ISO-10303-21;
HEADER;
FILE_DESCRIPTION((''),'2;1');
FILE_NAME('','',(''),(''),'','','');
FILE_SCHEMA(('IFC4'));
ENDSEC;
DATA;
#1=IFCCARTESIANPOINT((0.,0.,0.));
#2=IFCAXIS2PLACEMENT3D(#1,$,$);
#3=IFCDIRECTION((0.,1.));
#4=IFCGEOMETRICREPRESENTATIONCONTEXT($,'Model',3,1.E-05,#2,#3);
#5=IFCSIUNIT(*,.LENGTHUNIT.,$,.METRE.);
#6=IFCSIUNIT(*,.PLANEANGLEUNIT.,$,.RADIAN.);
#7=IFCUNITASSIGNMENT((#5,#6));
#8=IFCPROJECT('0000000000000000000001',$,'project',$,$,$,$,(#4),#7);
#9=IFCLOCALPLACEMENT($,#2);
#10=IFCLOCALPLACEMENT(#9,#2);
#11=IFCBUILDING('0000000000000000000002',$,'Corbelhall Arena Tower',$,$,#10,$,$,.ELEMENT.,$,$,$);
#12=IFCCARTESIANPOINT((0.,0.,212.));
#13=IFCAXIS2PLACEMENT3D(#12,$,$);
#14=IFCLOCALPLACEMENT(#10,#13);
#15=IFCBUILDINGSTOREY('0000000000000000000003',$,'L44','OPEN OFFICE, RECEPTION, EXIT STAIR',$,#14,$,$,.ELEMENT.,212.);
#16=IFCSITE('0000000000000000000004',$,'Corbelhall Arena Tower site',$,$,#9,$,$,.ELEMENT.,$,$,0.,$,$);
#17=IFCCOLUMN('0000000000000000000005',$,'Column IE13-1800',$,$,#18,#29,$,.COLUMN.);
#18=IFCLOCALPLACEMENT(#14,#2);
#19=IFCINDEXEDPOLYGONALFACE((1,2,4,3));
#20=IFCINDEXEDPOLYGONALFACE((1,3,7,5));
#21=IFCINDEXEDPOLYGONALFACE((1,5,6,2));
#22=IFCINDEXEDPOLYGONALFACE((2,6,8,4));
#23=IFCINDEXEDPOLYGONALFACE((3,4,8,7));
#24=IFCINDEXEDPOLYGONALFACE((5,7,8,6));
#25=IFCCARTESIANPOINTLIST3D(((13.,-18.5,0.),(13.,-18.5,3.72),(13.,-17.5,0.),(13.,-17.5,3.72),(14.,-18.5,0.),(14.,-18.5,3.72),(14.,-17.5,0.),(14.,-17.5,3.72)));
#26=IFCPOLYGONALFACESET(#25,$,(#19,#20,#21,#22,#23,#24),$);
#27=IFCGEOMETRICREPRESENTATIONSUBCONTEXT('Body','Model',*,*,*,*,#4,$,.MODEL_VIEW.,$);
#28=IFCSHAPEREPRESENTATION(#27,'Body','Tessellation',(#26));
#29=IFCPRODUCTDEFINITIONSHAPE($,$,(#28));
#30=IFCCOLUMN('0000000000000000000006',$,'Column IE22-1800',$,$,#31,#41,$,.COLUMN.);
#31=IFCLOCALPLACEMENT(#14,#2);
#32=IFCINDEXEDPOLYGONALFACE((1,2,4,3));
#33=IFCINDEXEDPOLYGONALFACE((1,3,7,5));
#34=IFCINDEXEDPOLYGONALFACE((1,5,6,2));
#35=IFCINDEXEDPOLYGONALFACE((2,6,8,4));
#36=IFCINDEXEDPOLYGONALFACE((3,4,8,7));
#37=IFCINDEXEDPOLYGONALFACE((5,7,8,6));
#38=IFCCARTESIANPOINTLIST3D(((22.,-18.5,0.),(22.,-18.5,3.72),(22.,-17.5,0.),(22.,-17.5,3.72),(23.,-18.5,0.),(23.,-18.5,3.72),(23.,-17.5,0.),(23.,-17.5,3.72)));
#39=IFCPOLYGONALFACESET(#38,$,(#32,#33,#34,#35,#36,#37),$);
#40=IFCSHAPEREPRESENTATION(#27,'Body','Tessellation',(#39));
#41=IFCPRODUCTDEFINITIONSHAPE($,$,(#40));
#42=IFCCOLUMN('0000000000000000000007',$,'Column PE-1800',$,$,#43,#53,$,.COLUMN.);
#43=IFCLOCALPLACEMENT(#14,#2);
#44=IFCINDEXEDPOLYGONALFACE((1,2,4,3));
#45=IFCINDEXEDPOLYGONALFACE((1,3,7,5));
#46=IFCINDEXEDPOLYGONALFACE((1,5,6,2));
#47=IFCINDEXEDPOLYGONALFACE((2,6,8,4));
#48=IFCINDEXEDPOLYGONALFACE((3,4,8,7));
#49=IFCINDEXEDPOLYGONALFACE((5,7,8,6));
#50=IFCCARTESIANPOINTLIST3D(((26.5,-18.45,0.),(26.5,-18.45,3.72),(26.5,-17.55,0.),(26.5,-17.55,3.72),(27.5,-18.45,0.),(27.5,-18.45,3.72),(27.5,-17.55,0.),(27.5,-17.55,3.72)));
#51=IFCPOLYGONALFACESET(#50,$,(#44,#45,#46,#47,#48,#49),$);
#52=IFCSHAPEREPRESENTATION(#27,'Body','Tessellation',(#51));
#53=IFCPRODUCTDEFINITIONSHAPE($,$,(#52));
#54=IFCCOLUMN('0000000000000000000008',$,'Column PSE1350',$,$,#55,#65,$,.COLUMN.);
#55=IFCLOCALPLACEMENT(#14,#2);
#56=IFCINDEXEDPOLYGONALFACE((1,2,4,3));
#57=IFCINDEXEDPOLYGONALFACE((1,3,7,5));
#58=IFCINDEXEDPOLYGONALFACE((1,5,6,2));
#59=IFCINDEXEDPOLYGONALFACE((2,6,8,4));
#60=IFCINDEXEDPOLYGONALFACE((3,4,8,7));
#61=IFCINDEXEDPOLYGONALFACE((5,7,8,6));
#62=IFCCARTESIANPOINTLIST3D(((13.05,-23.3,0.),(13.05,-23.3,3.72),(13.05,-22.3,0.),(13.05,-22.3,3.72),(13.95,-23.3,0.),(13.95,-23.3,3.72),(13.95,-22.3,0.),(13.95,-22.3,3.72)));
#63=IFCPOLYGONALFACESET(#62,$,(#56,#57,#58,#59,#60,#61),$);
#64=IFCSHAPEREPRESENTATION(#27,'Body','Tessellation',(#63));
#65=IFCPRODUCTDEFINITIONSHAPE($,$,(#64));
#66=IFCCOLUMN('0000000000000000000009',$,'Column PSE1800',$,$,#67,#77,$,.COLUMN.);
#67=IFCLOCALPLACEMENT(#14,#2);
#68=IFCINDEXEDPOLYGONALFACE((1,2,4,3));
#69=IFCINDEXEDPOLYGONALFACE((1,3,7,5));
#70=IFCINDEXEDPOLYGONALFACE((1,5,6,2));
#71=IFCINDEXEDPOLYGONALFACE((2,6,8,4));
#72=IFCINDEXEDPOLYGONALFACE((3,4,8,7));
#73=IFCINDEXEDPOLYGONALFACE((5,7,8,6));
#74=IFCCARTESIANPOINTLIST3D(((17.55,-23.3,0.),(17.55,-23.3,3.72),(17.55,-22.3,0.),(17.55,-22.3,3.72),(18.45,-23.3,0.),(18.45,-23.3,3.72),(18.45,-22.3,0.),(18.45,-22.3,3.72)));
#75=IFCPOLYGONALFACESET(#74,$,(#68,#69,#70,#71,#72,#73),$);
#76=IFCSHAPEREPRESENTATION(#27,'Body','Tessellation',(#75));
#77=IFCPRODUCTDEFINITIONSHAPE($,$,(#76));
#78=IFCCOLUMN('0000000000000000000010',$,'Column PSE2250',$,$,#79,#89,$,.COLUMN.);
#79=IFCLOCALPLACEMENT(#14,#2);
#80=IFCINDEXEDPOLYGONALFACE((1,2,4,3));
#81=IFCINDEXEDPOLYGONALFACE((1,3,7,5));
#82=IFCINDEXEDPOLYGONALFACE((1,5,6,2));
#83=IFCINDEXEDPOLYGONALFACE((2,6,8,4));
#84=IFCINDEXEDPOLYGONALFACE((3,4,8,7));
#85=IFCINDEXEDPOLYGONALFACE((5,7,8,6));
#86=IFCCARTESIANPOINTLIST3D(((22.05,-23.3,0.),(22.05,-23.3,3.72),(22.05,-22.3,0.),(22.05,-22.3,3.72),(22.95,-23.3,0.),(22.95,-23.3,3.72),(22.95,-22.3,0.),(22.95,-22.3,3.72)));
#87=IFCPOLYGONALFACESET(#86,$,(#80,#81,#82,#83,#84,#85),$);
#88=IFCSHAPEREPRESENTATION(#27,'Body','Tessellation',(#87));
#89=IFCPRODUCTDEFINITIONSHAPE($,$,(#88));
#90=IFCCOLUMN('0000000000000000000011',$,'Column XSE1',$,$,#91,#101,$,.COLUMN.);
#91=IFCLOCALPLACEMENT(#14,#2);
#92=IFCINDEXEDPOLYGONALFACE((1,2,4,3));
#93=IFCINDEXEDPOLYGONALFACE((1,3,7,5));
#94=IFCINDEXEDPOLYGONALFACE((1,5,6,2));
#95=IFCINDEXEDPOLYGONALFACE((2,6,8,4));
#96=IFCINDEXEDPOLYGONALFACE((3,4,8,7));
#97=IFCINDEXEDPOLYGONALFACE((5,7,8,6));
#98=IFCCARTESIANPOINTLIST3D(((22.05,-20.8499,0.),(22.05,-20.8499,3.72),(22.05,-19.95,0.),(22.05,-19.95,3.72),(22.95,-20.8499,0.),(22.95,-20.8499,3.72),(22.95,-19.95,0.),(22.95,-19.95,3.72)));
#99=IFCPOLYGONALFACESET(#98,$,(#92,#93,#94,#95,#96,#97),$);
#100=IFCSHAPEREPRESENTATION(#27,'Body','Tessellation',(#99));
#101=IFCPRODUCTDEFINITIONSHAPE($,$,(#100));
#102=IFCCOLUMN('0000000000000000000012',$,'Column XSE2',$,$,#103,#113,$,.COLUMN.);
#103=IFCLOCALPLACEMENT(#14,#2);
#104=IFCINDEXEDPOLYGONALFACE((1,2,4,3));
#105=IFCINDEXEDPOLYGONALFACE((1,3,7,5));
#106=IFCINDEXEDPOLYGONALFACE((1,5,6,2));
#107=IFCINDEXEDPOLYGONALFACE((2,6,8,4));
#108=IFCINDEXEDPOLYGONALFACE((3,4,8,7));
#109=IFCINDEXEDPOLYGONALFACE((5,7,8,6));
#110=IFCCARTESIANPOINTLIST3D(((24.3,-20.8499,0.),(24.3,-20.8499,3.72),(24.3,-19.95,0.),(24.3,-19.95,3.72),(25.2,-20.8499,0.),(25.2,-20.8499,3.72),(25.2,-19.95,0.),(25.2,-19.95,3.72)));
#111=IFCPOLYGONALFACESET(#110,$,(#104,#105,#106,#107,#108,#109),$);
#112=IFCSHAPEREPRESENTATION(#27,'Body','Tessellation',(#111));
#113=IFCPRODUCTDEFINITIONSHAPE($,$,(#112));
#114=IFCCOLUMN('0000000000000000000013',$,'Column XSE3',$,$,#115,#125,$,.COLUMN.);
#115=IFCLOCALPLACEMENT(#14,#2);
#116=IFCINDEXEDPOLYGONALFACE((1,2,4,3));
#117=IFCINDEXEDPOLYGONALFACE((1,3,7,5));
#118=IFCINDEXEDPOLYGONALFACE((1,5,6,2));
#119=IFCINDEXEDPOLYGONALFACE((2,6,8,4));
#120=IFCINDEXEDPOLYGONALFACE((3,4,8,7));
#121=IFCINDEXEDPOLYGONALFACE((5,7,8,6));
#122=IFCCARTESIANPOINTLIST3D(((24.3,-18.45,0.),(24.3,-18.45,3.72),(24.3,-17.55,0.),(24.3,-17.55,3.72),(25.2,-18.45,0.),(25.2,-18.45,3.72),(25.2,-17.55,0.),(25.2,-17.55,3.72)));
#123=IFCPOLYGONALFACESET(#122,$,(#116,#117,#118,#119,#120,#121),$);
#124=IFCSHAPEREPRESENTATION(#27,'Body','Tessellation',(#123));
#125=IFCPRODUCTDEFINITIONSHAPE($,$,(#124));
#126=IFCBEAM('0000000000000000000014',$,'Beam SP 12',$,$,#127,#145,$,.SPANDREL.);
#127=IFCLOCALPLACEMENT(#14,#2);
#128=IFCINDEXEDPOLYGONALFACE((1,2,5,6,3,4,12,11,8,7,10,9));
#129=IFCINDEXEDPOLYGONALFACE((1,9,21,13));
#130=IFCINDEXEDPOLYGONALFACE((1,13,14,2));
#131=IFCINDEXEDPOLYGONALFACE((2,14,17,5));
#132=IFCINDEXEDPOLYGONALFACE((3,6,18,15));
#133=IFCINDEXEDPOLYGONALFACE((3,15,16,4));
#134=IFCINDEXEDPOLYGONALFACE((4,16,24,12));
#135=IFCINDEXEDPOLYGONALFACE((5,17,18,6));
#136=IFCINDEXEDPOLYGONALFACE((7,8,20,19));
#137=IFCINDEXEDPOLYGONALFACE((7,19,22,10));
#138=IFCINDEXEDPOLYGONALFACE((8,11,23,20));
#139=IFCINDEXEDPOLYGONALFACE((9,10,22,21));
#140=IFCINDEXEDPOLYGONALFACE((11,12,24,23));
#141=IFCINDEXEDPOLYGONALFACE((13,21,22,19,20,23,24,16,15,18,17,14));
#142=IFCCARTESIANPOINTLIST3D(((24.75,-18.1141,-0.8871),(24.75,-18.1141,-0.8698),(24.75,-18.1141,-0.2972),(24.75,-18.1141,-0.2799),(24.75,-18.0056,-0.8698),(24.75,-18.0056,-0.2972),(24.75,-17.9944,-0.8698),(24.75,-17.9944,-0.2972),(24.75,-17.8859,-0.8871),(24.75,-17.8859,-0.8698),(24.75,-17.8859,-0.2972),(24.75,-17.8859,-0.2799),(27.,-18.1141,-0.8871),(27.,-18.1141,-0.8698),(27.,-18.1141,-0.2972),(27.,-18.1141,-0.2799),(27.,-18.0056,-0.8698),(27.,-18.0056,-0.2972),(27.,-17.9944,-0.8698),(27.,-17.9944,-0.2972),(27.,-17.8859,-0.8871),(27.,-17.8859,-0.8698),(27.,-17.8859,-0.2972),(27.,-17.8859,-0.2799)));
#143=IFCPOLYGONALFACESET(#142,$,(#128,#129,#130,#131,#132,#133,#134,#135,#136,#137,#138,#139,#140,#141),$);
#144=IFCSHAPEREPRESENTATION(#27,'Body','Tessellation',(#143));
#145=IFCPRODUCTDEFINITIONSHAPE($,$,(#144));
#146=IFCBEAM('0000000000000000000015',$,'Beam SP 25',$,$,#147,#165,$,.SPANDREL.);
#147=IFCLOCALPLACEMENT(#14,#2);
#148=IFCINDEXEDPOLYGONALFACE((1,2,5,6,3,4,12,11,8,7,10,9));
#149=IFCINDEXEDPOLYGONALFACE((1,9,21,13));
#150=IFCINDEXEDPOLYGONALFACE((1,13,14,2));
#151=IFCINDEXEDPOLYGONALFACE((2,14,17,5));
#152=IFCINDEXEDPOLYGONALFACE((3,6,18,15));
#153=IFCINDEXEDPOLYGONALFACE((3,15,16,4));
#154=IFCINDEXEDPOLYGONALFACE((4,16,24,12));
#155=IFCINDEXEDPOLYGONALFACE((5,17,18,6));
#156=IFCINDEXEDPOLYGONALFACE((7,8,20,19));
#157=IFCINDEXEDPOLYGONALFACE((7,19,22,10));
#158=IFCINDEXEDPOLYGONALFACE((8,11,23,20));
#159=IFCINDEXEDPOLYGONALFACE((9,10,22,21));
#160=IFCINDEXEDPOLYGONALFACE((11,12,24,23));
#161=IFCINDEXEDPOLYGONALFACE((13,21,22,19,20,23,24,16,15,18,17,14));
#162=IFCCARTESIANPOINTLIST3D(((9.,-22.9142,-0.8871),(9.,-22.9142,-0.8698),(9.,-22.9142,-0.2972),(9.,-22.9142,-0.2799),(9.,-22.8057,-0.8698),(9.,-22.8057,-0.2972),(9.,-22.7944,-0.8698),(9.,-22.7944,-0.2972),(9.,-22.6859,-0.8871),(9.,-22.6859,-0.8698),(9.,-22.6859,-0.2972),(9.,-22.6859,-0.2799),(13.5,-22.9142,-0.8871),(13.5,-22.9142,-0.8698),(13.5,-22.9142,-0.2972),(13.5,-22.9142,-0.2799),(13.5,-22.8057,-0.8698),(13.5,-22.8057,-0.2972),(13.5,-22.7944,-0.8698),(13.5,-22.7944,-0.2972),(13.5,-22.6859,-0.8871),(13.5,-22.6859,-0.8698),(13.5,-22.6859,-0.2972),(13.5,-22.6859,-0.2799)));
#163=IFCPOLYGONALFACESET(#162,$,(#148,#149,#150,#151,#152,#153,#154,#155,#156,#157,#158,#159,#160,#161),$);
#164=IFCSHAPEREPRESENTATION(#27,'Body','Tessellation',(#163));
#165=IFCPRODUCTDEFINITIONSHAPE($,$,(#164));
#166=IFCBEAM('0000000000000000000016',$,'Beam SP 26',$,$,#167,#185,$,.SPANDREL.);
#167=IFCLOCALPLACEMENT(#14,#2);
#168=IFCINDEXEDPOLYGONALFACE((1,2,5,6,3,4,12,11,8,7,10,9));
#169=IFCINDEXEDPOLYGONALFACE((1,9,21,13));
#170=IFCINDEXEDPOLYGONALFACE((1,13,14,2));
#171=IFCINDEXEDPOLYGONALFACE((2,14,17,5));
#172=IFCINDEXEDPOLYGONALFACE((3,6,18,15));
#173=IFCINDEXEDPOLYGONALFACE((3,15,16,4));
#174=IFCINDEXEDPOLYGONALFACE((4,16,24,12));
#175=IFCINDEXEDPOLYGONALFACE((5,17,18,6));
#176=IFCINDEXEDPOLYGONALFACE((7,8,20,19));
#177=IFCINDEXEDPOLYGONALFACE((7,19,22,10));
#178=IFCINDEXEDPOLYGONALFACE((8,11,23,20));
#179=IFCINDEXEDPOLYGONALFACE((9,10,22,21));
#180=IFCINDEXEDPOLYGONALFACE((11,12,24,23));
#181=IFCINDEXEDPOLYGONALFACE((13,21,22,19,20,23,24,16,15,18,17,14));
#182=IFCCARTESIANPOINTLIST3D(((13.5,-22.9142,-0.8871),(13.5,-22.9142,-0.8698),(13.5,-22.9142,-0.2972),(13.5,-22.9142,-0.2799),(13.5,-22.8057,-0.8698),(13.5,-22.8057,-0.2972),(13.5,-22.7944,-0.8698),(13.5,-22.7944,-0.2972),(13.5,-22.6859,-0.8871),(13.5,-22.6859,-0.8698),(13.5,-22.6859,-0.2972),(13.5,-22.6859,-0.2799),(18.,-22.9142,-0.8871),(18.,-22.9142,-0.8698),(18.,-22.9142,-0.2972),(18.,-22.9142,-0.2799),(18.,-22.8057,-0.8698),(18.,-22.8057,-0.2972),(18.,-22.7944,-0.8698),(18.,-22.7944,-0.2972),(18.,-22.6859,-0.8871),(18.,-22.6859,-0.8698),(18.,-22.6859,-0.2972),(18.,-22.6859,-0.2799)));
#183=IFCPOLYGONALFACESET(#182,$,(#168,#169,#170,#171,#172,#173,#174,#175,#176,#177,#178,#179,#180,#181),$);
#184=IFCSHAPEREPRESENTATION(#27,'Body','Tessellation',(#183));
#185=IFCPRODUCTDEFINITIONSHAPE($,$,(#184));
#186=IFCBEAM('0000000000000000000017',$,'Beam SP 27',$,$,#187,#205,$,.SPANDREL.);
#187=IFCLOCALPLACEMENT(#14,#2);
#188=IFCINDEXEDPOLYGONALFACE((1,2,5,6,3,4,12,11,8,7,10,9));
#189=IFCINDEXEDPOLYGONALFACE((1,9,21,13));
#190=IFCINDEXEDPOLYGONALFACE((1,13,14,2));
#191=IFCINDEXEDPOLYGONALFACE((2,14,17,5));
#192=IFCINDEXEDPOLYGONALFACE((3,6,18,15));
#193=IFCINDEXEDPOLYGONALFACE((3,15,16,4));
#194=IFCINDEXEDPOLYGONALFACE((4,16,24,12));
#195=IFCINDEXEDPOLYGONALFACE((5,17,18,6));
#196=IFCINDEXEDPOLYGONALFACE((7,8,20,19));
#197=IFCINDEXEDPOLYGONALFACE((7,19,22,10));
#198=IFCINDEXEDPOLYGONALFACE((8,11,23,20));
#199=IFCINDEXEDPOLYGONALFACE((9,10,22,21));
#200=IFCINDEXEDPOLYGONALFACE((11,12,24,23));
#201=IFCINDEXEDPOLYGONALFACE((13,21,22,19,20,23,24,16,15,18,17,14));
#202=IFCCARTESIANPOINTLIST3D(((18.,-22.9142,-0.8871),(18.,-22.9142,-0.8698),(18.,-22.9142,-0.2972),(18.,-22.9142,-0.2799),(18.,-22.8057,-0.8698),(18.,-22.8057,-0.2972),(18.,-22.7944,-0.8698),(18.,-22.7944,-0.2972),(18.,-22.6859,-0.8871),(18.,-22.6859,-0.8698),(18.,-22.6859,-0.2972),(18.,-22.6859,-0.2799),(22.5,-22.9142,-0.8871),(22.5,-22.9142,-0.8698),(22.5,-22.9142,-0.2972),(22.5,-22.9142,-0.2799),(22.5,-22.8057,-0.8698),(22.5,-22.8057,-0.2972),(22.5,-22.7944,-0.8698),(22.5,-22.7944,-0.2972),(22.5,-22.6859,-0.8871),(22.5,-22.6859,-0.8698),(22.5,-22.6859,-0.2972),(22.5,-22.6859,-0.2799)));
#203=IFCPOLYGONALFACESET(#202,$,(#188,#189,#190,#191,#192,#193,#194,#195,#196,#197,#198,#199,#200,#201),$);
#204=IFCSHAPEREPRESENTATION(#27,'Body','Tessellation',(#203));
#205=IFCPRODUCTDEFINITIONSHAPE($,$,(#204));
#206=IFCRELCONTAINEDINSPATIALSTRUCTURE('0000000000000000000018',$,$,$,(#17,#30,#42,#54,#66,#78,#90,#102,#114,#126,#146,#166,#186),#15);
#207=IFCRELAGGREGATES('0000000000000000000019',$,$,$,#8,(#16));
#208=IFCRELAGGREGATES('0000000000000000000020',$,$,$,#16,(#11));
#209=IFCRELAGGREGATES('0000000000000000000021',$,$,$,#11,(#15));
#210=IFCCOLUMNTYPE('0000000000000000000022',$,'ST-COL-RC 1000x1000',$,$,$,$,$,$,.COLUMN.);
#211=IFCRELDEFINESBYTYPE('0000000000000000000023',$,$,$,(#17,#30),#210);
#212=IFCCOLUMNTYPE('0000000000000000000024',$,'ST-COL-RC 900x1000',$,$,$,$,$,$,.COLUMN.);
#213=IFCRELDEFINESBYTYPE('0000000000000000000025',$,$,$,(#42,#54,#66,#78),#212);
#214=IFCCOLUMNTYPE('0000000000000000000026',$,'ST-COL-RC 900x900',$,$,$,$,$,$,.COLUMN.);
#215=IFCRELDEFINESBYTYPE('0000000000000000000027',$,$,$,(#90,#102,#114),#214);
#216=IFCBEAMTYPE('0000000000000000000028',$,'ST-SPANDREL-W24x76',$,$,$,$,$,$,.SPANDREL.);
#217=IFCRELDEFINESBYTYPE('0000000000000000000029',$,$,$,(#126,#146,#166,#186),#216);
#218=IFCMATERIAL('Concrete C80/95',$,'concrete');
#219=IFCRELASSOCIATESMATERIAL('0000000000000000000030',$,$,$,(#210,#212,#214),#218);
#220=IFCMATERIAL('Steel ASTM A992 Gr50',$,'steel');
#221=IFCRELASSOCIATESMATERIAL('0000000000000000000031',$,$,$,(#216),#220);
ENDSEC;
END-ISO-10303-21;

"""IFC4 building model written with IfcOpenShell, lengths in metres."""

from ifc_helpers import new_model, si_unit, direction, frame, origin, origin_2d, place, context, subcontext, project, spatial, rectangle, i_section, extrude, material, material_profile, profile_set, type_object, element, save


model = new_model("IFC4")

# Units and contexts
model_context = context("Model", 3, precision=1e-05, world=origin(), true_north=direction((0.0, 1.0)))
body_context = subcontext(model_context, "Body", "Model", "MODEL_VIEW")
ifc_project = project(units=[si_unit("LENGTHUNIT", "METRE"), si_unit("PLANEANGLEUNIT", "RADIAN")], contexts=[model_context])

# Site, building, storey
site_placement = place(None, origin())
site = spatial("IfcSite", under=ifc_project, at=site_placement, Name="Corbelhall Arena Tower site", CompositionType="ELEMENT", RefElevation=0.0)
building_placement = place(site_placement, origin())
building = spatial("IfcBuilding", under=site, at=building_placement, Name="Corbelhall Arena Tower", CompositionType="ELEMENT")
storey_placement = place(building_placement, frame((0.0, 0.0, 212.0)))
storey = spatial("IfcBuildingStorey", under=building, at=storey_placement, Name="L44", Description="OPEN OFFICE, RECEPTION, EXIT STAIR", CompositionType="ELEMENT", Elevation=212.0)

# Columns
ifc_material_1 = material(Name="Concrete C80/95", Category="concrete")
ifc_material_profile_1 = material_profile(ifc_material_1, rectangle(XDim=1.0, YDim=1.0, at=origin_2d()))
ifc_profile_set_1 = profile_set([ifc_material_profile_1], Name="Concrete C80/95")
column_type_1 = type_object("IfcColumnType", Name="ST-COL-RC 1000x1000", PredefinedType="COLUMN", material=ifc_profile_set_1)
for number, where, z_axis, x_axis, name in (
    (1, (13.5, -18.0, 0.0), (0.0, 0.0, 1.0), (1.0, 0.0, 0.0), "Column IE13-1800"),
    (2, (22.5, -18.0, 0.0), (0.0, 0.0, 1.0), (1.0, 0.0, 0.0), "Column IE22-1800"),
):
    element("IfcColumn", number, at=place(storey_placement, frame(where, z_axis=z_axis, x_axis=x_axis)), inside=storey, type_object=column_type_1, Name=name, PredefinedType="COLUMN", context=body_context, shape_type="SweptSolid", body=[
        extrude(rectangle(XDim=1.0, YDim=1.0, at=origin_2d()), origin(), (0.0, 0.0, 1.0), 3.72),
    ])
ifc_material_profile_2 = material_profile(ifc_material_1, rectangle(XDim=0.8999, YDim=1.0, at=origin_2d()))
ifc_profile_set_2 = profile_set([ifc_material_profile_2], Name="Concrete C80/95")
column_type_2 = type_object("IfcColumnType", Name="ST-COL-RC 900x1000", PredefinedType="COLUMN", material=ifc_profile_set_2)
for number, where, z_axis, x_axis, name in (
    (3, (27.0, -18.0, 0.0), (0.0, 0.0, 1.0), (0.0, 1.0, 0.0), "Column PE-1800"),
    (4, (13.5, -22.8, 0.0), (0.0, 0.0, 1.0), (1.0, 0.0, 0.0), "Column PSE1350"),
    (5, (18.0, -22.8, 0.0), (0.0, 0.0, 1.0), (1.0, 0.0, 0.0), "Column PSE1800"),
    (6, (22.5, -22.8, 0.0), (0.0, 0.0, 1.0), (1.0, 0.0, 0.0), "Column PSE2250"),
):
    element("IfcColumn", number, at=place(storey_placement, frame(where, z_axis=z_axis, x_axis=x_axis)), inside=storey, type_object=column_type_2, Name=name, PredefinedType="COLUMN", context=body_context, shape_type="SweptSolid", body=[
        extrude(rectangle(XDim=0.8999, YDim=1.0, at=origin_2d()), origin(), (0.0, 0.0, 1.0), 3.72),
    ])
ifc_material_profile_3 = material_profile(ifc_material_1, rectangle(XDim=0.8999, YDim=0.8999, at=origin_2d()))
ifc_profile_set_3 = profile_set([ifc_material_profile_3], Name="Concrete C80/95")
column_type_3 = type_object("IfcColumnType", Name="ST-COL-RC 900x900", PredefinedType="COLUMN", material=ifc_profile_set_3)
for number, where, z_axis, x_axis, name in (
    (7, (22.5, -20.3999, 0.0), (0.0, 0.0, 1.0), (1.0, 0.0, 0.0), "Column XSE1"),
    (8, (24.75, -20.3999, 0.0), (0.0, 0.0, 1.0), (1.0, 0.0, 0.0), "Column XSE2"),
    (9, (24.75, -18.0, 0.0), (0.0, 0.0, 1.0), (1.0, 0.0, 0.0), "Column XSE3"),
):
    element("IfcColumn", number, at=place(storey_placement, frame(where, z_axis=z_axis, x_axis=x_axis)), inside=storey, type_object=column_type_3, Name=name, PredefinedType="COLUMN", context=body_context, shape_type="SweptSolid", body=[
        extrude(rectangle(XDim=0.8999, YDim=0.8999, at=origin_2d()), origin(), (0.0, 0.0, 1.0), 3.72),
    ])

# Beams
ifc_material_2 = material(Name="Steel ASTM A992 Gr50", Category="steel")
ifc_material_profile_4 = material_profile(ifc_material_2, i_section(OverallWidth=0.2283, OverallDepth=0.6072, WebThickness=0.0112, FlangeThickness=0.0173, at=origin_2d()))
ifc_profile_set_4 = profile_set([ifc_material_profile_4], Name="Steel ASTM A992 Gr50")
beam_type = type_object("IfcBeamType", Name="ST-SPANDREL-W24x76", PredefinedType="SPANDREL", material=ifc_profile_set_4)
beam_1_placement = place(storey_placement, frame((27.0, -18.0, -0.5835), z_axis=(-1.0, 0.0, 0.0), x_axis=(0.0, -1.0, 0.0)))
element("IfcBeam", 10, at=beam_1_placement, inside=storey, type_object=beam_type, Name="Beam SP 12", PredefinedType="SPANDREL", context=body_context, shape_type="SweptSolid", body=[
    extrude(i_section(OverallWidth=0.2283, OverallDepth=0.6072, WebThickness=0.0112, FlangeThickness=0.0173, at=origin_2d()), origin(), (0.0, 0.0, 1.0), 2.25),
])
for number, where, z_axis, x_axis, name in (
    (11, (13.5, -22.8, -0.5835), (-1.0, 0.0, 0.0), (0.0, -1.0, 0.0), "Beam SP 25"),
    (12, (18.0, -22.8, -0.5835), (-1.0, 0.0, 0.0), (0.0, -1.0, 0.0), "Beam SP 26"),
    (13, (22.5, -22.8, -0.5835), (-1.0, 0.0, 0.0), (0.0, -1.0, 0.0), "Beam SP 27"),
):
    element("IfcBeam", number, at=place(storey_placement, frame(where, z_axis=z_axis, x_axis=x_axis)), inside=storey, type_object=beam_type, Name=name, PredefinedType="SPANDREL", context=body_context, shape_type="SweptSolid", body=[
        extrude(i_section(OverallWidth=0.2283, OverallDepth=0.6072, WebThickness=0.0112, FlangeThickness=0.0173, at=origin_2d()), origin(), (0.0, 0.0, 1.0), 4.5),
    ])

save(model, "model.ifc")
